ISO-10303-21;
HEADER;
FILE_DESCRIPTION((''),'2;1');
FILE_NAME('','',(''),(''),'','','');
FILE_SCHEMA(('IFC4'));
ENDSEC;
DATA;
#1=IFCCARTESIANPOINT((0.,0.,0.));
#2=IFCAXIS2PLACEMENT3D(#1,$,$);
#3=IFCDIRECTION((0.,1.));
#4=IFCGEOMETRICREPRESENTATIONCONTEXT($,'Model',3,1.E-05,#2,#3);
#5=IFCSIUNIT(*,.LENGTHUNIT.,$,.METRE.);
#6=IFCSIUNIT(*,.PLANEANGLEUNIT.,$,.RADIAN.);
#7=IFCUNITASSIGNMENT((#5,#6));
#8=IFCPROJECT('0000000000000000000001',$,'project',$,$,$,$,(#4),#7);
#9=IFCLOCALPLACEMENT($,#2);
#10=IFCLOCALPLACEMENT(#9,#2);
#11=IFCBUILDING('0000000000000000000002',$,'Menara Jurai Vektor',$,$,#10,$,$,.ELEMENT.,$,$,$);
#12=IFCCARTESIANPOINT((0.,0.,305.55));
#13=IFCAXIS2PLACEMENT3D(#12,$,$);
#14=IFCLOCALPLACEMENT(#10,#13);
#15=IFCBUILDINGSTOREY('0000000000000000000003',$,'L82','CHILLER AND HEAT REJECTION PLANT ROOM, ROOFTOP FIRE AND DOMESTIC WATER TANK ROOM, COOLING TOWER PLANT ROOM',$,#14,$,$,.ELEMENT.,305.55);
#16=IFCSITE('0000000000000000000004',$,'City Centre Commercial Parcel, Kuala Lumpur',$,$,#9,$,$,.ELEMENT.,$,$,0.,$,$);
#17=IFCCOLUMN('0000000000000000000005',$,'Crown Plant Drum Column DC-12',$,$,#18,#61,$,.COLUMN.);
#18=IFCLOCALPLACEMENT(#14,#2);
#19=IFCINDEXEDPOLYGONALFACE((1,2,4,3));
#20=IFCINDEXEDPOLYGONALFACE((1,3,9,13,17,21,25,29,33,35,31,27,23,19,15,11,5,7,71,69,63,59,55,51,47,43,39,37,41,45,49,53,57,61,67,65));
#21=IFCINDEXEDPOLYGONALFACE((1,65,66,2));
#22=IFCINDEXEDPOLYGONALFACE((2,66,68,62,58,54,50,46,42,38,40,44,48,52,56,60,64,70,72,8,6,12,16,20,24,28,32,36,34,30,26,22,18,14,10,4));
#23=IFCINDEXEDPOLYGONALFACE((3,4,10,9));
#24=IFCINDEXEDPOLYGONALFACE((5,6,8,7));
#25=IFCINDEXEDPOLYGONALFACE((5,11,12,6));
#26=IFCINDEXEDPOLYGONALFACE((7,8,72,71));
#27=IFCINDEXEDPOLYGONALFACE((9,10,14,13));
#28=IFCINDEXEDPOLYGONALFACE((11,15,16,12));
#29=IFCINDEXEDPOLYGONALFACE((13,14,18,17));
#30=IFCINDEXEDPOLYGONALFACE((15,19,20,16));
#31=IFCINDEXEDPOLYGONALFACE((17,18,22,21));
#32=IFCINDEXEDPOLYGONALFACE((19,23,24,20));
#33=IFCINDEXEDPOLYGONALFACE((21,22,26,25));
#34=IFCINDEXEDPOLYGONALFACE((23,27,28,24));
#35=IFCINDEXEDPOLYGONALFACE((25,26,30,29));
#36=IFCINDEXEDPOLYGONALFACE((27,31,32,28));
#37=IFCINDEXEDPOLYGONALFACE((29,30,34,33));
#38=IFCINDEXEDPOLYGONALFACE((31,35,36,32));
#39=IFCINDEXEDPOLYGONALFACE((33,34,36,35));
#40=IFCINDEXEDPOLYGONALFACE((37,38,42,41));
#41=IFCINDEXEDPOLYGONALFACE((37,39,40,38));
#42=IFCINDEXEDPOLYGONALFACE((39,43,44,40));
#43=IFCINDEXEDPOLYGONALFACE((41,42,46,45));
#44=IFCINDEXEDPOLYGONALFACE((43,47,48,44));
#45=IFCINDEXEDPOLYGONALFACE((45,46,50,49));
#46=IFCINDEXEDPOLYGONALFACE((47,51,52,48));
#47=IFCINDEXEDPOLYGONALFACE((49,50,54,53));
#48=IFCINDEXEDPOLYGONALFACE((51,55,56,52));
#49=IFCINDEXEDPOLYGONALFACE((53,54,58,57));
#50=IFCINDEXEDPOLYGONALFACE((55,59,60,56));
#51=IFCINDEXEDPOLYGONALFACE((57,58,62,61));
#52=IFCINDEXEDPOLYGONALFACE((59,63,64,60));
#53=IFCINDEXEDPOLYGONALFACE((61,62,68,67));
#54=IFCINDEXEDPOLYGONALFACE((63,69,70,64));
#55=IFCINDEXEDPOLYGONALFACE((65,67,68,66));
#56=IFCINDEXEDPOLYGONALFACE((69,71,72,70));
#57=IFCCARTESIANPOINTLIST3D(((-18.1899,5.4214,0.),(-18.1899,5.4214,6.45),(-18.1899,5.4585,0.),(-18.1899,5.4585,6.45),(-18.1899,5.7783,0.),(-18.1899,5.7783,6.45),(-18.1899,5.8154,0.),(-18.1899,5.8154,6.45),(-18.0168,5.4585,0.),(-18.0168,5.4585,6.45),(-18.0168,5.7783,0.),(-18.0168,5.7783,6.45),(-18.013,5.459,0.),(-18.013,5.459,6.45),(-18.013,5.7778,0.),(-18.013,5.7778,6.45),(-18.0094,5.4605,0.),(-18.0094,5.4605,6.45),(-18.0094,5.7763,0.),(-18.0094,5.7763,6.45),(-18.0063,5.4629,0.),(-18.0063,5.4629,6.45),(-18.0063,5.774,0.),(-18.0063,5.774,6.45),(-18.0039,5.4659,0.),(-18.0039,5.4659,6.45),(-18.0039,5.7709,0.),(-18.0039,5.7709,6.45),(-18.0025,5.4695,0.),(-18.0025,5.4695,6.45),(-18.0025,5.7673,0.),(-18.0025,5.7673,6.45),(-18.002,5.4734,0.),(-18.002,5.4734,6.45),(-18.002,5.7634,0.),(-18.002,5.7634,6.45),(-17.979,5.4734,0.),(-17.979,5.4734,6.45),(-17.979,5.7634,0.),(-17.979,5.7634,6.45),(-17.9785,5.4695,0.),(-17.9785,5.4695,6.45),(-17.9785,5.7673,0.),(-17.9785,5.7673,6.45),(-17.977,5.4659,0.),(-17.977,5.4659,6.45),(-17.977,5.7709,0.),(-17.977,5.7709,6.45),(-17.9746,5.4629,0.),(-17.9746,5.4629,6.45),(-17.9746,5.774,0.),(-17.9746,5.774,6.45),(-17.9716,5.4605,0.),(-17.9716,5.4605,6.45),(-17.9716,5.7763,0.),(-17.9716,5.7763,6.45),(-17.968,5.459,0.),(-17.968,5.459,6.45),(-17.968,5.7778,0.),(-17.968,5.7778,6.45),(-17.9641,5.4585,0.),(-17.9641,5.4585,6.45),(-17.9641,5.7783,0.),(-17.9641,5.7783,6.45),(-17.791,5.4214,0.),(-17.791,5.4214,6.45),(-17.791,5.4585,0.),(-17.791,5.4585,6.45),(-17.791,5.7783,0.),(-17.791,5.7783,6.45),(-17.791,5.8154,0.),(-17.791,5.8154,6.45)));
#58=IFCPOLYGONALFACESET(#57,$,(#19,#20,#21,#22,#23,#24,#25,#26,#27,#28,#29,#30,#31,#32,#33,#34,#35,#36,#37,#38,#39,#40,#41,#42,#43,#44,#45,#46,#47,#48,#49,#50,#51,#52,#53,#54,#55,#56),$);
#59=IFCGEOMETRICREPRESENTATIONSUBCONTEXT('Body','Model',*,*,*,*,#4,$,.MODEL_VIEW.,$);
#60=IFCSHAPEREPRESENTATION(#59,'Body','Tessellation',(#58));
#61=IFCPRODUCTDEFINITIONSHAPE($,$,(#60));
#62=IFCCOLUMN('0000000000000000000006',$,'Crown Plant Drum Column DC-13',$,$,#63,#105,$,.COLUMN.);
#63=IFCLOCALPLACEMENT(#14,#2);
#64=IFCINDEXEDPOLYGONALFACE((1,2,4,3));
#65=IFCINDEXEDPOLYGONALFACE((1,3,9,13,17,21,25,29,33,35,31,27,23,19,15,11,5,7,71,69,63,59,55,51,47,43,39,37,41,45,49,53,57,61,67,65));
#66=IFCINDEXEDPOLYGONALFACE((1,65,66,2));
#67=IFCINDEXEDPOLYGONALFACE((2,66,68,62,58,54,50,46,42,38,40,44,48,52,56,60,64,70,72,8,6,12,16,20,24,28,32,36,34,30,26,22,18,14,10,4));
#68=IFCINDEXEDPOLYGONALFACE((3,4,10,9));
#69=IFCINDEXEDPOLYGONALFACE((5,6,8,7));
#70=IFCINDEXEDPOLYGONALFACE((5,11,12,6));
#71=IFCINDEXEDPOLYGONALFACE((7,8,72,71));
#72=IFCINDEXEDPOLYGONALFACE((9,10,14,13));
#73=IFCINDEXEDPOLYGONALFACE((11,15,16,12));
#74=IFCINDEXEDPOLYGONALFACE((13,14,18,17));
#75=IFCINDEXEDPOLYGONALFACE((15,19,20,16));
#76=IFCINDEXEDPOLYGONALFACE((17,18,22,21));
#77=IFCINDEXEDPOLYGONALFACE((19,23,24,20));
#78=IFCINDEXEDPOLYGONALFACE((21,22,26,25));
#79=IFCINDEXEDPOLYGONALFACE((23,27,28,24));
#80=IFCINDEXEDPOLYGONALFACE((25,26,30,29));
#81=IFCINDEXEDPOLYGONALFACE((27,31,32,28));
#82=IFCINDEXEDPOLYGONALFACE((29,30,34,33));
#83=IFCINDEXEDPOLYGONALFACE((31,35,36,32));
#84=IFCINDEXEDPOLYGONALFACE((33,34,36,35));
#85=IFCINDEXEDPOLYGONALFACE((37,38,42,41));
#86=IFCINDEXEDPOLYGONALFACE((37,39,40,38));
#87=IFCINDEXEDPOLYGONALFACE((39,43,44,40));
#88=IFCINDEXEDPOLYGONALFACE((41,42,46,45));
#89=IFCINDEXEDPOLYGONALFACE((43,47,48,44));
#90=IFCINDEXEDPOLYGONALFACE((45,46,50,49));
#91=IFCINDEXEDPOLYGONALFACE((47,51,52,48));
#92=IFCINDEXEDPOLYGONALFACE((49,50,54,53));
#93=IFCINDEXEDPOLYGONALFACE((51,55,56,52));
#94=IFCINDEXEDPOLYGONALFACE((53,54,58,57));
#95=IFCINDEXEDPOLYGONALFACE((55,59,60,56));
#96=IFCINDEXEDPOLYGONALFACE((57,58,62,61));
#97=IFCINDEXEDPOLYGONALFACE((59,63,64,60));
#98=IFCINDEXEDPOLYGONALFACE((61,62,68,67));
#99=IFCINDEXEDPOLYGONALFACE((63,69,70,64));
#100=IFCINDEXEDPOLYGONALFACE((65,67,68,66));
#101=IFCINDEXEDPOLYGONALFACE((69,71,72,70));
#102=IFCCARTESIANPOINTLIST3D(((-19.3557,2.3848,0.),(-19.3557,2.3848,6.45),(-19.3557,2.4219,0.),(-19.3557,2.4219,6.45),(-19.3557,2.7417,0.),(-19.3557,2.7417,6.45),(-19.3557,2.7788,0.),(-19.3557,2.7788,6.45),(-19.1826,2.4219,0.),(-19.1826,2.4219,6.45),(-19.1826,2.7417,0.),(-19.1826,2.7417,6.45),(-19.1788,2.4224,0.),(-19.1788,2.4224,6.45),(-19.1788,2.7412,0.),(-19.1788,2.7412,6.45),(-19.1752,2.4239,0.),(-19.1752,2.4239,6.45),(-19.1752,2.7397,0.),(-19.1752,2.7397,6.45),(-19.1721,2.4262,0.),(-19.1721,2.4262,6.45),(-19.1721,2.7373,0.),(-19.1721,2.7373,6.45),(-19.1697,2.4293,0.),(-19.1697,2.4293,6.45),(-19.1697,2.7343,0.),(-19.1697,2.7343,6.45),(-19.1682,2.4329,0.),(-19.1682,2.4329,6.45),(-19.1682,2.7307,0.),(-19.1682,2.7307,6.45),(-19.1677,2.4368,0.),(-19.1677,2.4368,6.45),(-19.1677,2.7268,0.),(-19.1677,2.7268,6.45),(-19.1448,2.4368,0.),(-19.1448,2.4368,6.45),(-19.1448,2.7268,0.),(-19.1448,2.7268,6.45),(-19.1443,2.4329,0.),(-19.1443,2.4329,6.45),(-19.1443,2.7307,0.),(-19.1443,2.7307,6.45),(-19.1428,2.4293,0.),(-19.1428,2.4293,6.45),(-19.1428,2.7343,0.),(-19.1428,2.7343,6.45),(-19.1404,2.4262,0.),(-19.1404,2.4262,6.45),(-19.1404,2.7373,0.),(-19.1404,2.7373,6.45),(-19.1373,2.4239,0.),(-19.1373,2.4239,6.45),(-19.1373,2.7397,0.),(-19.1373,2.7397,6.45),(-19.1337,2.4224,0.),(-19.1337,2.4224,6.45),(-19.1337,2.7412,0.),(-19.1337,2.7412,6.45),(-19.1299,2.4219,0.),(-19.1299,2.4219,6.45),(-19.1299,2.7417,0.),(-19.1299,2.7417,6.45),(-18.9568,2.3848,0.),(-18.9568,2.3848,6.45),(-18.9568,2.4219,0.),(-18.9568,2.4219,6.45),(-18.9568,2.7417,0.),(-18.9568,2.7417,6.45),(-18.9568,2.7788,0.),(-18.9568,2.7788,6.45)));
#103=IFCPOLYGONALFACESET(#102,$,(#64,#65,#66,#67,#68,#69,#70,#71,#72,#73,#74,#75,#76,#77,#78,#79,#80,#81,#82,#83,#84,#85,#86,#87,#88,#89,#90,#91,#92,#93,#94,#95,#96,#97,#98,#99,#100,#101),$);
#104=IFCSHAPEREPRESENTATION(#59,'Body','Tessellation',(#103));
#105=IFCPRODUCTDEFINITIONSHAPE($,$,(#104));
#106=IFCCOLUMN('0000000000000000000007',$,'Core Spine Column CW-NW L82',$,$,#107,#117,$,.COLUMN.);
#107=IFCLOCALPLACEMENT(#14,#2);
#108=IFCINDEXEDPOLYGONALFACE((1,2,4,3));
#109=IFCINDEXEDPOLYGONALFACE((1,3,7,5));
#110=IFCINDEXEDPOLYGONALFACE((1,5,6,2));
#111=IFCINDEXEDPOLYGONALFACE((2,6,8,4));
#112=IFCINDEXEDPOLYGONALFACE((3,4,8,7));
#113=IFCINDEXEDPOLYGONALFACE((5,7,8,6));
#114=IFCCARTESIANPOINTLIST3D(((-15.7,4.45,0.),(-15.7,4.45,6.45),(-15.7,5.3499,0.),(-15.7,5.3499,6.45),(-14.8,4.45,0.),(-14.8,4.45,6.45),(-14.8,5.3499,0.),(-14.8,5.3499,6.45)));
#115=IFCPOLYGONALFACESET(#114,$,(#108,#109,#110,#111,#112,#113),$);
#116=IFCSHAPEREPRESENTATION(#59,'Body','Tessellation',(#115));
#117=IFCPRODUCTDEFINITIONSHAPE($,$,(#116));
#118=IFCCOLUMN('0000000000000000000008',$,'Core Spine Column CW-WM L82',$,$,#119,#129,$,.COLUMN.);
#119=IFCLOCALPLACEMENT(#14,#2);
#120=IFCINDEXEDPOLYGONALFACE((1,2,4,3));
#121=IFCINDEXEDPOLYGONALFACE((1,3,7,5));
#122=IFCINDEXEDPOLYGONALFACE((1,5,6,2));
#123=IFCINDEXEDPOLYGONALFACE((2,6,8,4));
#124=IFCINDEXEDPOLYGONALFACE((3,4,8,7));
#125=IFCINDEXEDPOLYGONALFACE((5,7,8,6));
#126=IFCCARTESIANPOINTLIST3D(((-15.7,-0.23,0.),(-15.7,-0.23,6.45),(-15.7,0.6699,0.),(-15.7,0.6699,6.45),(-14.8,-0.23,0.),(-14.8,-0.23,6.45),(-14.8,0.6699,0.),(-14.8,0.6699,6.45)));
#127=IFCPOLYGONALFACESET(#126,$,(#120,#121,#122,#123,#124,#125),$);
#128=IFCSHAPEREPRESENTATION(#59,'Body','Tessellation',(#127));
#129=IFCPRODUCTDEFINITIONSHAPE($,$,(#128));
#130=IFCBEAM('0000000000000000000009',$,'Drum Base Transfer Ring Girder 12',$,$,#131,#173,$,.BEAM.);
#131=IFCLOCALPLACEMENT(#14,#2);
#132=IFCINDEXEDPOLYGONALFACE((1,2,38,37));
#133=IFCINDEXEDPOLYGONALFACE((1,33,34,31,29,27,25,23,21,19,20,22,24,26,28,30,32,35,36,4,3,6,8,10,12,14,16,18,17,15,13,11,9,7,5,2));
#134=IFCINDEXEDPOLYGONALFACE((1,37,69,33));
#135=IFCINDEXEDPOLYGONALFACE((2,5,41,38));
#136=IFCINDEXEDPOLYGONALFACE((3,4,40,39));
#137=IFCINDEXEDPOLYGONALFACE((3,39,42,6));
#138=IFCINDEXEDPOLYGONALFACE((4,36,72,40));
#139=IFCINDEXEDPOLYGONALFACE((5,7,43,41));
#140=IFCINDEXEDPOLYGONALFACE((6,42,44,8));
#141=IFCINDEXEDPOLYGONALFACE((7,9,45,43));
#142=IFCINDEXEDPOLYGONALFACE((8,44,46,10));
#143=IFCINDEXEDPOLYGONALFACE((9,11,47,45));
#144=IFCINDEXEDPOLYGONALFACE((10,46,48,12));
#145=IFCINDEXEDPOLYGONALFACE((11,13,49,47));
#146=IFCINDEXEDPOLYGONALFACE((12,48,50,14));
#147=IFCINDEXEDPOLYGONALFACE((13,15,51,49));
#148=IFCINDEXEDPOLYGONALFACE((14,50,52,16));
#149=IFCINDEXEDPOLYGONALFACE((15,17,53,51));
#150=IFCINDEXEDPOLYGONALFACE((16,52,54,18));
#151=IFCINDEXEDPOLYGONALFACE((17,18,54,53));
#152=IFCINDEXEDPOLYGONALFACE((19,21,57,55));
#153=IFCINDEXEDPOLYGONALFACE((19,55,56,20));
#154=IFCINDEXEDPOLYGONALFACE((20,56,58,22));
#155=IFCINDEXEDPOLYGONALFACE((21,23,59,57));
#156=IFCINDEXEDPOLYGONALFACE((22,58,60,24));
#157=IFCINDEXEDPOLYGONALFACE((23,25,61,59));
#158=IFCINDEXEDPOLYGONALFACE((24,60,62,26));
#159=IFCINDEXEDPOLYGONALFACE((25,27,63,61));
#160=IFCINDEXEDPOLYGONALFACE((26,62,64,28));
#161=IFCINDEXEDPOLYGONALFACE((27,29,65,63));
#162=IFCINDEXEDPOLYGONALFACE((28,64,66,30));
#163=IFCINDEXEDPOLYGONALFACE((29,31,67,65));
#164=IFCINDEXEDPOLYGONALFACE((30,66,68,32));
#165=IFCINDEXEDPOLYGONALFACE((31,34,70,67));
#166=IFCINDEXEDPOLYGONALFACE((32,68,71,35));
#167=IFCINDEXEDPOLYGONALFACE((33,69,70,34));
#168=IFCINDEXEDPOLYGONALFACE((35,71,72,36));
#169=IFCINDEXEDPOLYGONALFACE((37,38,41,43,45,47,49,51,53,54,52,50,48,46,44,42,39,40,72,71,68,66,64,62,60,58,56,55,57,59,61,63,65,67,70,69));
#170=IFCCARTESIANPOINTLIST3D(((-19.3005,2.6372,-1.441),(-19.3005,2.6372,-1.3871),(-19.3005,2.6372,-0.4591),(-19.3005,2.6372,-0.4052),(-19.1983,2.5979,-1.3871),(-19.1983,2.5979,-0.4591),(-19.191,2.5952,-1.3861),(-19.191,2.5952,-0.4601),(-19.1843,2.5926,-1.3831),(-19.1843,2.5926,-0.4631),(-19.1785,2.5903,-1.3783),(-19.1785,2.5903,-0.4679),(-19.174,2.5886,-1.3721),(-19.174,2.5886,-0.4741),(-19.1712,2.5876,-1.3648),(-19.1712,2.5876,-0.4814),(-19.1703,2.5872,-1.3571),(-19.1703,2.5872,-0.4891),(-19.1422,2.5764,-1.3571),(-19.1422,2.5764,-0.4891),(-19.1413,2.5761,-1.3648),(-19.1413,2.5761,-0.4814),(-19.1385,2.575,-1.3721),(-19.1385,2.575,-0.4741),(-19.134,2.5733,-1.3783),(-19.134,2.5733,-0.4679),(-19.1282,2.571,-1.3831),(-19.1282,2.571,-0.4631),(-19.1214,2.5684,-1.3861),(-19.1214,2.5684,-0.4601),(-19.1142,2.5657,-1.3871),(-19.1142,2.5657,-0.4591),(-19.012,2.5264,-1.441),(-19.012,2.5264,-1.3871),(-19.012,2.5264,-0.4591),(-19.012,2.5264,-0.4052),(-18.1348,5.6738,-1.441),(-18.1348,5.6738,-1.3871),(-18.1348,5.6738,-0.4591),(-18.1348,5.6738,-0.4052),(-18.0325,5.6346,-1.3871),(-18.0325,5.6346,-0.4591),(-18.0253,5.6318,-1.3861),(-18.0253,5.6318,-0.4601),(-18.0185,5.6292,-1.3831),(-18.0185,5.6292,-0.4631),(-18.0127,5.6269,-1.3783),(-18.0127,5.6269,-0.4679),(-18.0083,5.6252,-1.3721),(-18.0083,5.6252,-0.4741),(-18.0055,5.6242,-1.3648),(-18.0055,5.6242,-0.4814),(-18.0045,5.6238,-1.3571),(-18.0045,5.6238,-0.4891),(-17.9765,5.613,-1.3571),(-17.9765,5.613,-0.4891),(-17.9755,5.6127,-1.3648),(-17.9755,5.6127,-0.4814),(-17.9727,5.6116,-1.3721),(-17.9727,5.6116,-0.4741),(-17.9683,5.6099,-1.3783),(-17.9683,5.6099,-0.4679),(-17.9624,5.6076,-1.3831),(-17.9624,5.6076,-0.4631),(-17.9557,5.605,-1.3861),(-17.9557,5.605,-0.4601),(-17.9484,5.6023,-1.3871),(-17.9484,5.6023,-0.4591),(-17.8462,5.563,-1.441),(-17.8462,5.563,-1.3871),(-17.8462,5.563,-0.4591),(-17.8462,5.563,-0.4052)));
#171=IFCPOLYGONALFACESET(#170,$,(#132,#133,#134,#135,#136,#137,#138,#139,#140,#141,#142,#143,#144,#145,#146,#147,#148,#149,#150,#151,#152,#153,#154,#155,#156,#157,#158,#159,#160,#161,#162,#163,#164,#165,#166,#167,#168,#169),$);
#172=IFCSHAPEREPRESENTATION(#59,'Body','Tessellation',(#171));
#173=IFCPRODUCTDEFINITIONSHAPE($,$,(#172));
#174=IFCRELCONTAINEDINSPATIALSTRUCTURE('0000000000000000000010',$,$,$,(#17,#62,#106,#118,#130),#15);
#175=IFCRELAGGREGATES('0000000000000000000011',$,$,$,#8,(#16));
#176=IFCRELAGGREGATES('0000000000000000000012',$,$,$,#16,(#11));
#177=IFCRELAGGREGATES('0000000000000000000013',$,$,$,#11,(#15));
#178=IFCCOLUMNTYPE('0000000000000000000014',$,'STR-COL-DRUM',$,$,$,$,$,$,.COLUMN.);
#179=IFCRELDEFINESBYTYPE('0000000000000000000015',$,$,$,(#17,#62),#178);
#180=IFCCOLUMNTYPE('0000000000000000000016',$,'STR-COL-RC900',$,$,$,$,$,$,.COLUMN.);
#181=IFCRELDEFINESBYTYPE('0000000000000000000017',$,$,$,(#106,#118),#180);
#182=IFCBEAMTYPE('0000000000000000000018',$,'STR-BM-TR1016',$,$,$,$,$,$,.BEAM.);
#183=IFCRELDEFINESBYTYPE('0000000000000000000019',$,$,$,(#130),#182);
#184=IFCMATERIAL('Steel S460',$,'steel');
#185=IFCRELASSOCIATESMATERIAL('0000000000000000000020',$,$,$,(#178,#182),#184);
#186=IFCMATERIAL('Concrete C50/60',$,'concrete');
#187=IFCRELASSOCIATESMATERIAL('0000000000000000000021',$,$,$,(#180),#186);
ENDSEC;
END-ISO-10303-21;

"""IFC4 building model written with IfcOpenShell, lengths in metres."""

from ifc_helpers import new_model, si_unit, direction, frame, origin, origin_2d, place, context, subcontext, project, spatial, rectangle, i_section, extrude, material, material_profile, profile_set, type_object, element, save


model = new_model("IFC4")

# Units and contexts
model_context = context("Model", 3, precision=1e-05, world=origin(), true_north=direction((0.0, 1.0)))
body_context = subcontext(model_context, "Body", "Model", "MODEL_VIEW")
ifc_project = project(units=[si_unit("LENGTHUNIT", "METRE"), si_unit("PLANEANGLEUNIT", "RADIAN")], contexts=[model_context])

# Site, building, storey
site_placement = place(None, origin())
site = spatial("IfcSite", under=ifc_project, at=site_placement, Name="City Centre Commercial Parcel, Kuala Lumpur", CompositionType="ELEMENT", RefElevation=0.0)
building_placement = place(site_placement, origin())
building = spatial("IfcBuilding", under=site, at=building_placement, Name="Menara Jurai Vektor", CompositionType="ELEMENT")
storey_placement = place(building_placement, frame((0.0, 0.0, 305.55)))
storey = spatial("IfcBuildingStorey", under=building, at=storey_placement, Name="L82", Description="CHILLER AND HEAT REJECTION PLANT ROOM, ROOFTOP FIRE AND DOMESTIC WATER TANK ROOM, COOLING TOWER PLANT ROOM", CompositionType="ELEMENT", Elevation=305.55)

# Columns
ifc_material_1 = material(Name="Steel S460", Category="steel")
ifc_material_profile_1 = material_profile(ifc_material_1, i_section(OverallWidth=0.3989, OverallDepth=0.394, WebThickness=0.0229, FlangeThickness=0.0371, FilletRadius=0.0149, at=origin_2d()), Name="UKC 356x406x287")
ifc_profile_set_1 = profile_set([ifc_material_profile_1], Name="Steel S460")
column_type_1 = type_object("IfcColumnType", Name="STR-COL-DRUM", PredefinedType="COLUMN", material=ifc_profile_set_1)
for number, where, z_axis, x_axis, name in (
    (1, (-17.9905, 5.6184, 0.0), (0.0, 0.0, 1.0), (1.0, 0.0, 0.0), "Crown Plant Drum Column DC-12"),
    (2, (-19.1562, 2.5818, 0.0), (0.0, 0.0, 1.0), (1.0, 0.0, 0.0), "Crown Plant Drum Column DC-13"),
):
    element("IfcColumn", number, at=place(storey_placement, frame(where, z_axis=z_axis, x_axis=x_axis)), inside=storey, type_object=column_type_1, Name=name, PredefinedType="COLUMN", context=body_context, shape_type="SweptSolid", body=[
        extrude(i_section(OverallWidth=0.3989, OverallDepth=0.394, WebThickness=0.0229, FlangeThickness=0.0371, FilletRadius=0.0149, at=origin_2d()), origin(), (0.0, 0.0, 1.0), 6.45),
    ])
ifc_material_2 = material(Name="Concrete C50/60", Category="concrete")
ifc_material_profile_2 = material_profile(ifc_material_2, rectangle(XDim=0.8999, YDim=0.8999, at=origin_2d()), Name="RC 900x900")
ifc_profile_set_2 = profile_set([ifc_material_profile_2], Name="Concrete C50/60")
column_type_2 = type_object("IfcColumnType", Name="STR-COL-RC900", PredefinedType="COLUMN", material=ifc_profile_set_2)
for number, where, z_axis, x_axis, name in (
    (3, (-15.25, 4.8999, 0.0), (0.0, 0.0, 1.0), (1.0, 0.0, 0.0), "Core Spine Column CW-NW L82"),
    (4, (-15.25, 0.22, 0.0), (0.0, 0.0, 1.0), (1.0, 0.0, 0.0), "Core Spine Column CW-WM L82"),
):
    element("IfcColumn", number, at=place(storey_placement, frame(where, z_axis=z_axis, x_axis=x_axis)), inside=storey, type_object=column_type_2, Name=name, PredefinedType="COLUMN", context=body_context, shape_type="SweptSolid", body=[
        extrude(rectangle(XDim=0.8999, YDim=0.8999, at=origin_2d()), origin(), (0.0, 0.0, 1.0), 6.45),
    ])

# Beam
ifc_material_profile_3 = material_profile(ifc_material_1, i_section(OverallWidth=0.3091, OverallDepth=1.0359, WebThickness=0.03, FlangeThickness=0.054, FilletRadius=0.03, at=origin_2d()), Name="UKB 1016x305x487")
ifc_profile_set_3 = profile_set([ifc_material_profile_3], Name="Steel S460")
beam_type_1 = type_object("IfcBeamType", Name="STR-BM-TR1016", PredefinedType="BEAM", material=ifc_profile_set_3)
beam_1_placement = place(storey_placement, frame((-17.9905, 5.6184, -0.9231), z_axis=(-0.358401, -0.933568, 0.0), x_axis=(0.933568, -0.358401, 0.0)))
element("IfcBeam", 5, at=beam_1_placement, inside=storey, type_object=beam_type_1, Name="Drum Base Transfer Ring Girder 12", PredefinedType="BEAM", context=body_context, shape_type="SweptSolid", body=[
    extrude(i_section(OverallWidth=0.3091, OverallDepth=1.0359, WebThickness=0.03, FlangeThickness=0.054, FilletRadius=0.03, at=origin_2d()), origin(), (0.0, 0.0, 1.0), 3.2527),
])

save(model, "model.ifc")
